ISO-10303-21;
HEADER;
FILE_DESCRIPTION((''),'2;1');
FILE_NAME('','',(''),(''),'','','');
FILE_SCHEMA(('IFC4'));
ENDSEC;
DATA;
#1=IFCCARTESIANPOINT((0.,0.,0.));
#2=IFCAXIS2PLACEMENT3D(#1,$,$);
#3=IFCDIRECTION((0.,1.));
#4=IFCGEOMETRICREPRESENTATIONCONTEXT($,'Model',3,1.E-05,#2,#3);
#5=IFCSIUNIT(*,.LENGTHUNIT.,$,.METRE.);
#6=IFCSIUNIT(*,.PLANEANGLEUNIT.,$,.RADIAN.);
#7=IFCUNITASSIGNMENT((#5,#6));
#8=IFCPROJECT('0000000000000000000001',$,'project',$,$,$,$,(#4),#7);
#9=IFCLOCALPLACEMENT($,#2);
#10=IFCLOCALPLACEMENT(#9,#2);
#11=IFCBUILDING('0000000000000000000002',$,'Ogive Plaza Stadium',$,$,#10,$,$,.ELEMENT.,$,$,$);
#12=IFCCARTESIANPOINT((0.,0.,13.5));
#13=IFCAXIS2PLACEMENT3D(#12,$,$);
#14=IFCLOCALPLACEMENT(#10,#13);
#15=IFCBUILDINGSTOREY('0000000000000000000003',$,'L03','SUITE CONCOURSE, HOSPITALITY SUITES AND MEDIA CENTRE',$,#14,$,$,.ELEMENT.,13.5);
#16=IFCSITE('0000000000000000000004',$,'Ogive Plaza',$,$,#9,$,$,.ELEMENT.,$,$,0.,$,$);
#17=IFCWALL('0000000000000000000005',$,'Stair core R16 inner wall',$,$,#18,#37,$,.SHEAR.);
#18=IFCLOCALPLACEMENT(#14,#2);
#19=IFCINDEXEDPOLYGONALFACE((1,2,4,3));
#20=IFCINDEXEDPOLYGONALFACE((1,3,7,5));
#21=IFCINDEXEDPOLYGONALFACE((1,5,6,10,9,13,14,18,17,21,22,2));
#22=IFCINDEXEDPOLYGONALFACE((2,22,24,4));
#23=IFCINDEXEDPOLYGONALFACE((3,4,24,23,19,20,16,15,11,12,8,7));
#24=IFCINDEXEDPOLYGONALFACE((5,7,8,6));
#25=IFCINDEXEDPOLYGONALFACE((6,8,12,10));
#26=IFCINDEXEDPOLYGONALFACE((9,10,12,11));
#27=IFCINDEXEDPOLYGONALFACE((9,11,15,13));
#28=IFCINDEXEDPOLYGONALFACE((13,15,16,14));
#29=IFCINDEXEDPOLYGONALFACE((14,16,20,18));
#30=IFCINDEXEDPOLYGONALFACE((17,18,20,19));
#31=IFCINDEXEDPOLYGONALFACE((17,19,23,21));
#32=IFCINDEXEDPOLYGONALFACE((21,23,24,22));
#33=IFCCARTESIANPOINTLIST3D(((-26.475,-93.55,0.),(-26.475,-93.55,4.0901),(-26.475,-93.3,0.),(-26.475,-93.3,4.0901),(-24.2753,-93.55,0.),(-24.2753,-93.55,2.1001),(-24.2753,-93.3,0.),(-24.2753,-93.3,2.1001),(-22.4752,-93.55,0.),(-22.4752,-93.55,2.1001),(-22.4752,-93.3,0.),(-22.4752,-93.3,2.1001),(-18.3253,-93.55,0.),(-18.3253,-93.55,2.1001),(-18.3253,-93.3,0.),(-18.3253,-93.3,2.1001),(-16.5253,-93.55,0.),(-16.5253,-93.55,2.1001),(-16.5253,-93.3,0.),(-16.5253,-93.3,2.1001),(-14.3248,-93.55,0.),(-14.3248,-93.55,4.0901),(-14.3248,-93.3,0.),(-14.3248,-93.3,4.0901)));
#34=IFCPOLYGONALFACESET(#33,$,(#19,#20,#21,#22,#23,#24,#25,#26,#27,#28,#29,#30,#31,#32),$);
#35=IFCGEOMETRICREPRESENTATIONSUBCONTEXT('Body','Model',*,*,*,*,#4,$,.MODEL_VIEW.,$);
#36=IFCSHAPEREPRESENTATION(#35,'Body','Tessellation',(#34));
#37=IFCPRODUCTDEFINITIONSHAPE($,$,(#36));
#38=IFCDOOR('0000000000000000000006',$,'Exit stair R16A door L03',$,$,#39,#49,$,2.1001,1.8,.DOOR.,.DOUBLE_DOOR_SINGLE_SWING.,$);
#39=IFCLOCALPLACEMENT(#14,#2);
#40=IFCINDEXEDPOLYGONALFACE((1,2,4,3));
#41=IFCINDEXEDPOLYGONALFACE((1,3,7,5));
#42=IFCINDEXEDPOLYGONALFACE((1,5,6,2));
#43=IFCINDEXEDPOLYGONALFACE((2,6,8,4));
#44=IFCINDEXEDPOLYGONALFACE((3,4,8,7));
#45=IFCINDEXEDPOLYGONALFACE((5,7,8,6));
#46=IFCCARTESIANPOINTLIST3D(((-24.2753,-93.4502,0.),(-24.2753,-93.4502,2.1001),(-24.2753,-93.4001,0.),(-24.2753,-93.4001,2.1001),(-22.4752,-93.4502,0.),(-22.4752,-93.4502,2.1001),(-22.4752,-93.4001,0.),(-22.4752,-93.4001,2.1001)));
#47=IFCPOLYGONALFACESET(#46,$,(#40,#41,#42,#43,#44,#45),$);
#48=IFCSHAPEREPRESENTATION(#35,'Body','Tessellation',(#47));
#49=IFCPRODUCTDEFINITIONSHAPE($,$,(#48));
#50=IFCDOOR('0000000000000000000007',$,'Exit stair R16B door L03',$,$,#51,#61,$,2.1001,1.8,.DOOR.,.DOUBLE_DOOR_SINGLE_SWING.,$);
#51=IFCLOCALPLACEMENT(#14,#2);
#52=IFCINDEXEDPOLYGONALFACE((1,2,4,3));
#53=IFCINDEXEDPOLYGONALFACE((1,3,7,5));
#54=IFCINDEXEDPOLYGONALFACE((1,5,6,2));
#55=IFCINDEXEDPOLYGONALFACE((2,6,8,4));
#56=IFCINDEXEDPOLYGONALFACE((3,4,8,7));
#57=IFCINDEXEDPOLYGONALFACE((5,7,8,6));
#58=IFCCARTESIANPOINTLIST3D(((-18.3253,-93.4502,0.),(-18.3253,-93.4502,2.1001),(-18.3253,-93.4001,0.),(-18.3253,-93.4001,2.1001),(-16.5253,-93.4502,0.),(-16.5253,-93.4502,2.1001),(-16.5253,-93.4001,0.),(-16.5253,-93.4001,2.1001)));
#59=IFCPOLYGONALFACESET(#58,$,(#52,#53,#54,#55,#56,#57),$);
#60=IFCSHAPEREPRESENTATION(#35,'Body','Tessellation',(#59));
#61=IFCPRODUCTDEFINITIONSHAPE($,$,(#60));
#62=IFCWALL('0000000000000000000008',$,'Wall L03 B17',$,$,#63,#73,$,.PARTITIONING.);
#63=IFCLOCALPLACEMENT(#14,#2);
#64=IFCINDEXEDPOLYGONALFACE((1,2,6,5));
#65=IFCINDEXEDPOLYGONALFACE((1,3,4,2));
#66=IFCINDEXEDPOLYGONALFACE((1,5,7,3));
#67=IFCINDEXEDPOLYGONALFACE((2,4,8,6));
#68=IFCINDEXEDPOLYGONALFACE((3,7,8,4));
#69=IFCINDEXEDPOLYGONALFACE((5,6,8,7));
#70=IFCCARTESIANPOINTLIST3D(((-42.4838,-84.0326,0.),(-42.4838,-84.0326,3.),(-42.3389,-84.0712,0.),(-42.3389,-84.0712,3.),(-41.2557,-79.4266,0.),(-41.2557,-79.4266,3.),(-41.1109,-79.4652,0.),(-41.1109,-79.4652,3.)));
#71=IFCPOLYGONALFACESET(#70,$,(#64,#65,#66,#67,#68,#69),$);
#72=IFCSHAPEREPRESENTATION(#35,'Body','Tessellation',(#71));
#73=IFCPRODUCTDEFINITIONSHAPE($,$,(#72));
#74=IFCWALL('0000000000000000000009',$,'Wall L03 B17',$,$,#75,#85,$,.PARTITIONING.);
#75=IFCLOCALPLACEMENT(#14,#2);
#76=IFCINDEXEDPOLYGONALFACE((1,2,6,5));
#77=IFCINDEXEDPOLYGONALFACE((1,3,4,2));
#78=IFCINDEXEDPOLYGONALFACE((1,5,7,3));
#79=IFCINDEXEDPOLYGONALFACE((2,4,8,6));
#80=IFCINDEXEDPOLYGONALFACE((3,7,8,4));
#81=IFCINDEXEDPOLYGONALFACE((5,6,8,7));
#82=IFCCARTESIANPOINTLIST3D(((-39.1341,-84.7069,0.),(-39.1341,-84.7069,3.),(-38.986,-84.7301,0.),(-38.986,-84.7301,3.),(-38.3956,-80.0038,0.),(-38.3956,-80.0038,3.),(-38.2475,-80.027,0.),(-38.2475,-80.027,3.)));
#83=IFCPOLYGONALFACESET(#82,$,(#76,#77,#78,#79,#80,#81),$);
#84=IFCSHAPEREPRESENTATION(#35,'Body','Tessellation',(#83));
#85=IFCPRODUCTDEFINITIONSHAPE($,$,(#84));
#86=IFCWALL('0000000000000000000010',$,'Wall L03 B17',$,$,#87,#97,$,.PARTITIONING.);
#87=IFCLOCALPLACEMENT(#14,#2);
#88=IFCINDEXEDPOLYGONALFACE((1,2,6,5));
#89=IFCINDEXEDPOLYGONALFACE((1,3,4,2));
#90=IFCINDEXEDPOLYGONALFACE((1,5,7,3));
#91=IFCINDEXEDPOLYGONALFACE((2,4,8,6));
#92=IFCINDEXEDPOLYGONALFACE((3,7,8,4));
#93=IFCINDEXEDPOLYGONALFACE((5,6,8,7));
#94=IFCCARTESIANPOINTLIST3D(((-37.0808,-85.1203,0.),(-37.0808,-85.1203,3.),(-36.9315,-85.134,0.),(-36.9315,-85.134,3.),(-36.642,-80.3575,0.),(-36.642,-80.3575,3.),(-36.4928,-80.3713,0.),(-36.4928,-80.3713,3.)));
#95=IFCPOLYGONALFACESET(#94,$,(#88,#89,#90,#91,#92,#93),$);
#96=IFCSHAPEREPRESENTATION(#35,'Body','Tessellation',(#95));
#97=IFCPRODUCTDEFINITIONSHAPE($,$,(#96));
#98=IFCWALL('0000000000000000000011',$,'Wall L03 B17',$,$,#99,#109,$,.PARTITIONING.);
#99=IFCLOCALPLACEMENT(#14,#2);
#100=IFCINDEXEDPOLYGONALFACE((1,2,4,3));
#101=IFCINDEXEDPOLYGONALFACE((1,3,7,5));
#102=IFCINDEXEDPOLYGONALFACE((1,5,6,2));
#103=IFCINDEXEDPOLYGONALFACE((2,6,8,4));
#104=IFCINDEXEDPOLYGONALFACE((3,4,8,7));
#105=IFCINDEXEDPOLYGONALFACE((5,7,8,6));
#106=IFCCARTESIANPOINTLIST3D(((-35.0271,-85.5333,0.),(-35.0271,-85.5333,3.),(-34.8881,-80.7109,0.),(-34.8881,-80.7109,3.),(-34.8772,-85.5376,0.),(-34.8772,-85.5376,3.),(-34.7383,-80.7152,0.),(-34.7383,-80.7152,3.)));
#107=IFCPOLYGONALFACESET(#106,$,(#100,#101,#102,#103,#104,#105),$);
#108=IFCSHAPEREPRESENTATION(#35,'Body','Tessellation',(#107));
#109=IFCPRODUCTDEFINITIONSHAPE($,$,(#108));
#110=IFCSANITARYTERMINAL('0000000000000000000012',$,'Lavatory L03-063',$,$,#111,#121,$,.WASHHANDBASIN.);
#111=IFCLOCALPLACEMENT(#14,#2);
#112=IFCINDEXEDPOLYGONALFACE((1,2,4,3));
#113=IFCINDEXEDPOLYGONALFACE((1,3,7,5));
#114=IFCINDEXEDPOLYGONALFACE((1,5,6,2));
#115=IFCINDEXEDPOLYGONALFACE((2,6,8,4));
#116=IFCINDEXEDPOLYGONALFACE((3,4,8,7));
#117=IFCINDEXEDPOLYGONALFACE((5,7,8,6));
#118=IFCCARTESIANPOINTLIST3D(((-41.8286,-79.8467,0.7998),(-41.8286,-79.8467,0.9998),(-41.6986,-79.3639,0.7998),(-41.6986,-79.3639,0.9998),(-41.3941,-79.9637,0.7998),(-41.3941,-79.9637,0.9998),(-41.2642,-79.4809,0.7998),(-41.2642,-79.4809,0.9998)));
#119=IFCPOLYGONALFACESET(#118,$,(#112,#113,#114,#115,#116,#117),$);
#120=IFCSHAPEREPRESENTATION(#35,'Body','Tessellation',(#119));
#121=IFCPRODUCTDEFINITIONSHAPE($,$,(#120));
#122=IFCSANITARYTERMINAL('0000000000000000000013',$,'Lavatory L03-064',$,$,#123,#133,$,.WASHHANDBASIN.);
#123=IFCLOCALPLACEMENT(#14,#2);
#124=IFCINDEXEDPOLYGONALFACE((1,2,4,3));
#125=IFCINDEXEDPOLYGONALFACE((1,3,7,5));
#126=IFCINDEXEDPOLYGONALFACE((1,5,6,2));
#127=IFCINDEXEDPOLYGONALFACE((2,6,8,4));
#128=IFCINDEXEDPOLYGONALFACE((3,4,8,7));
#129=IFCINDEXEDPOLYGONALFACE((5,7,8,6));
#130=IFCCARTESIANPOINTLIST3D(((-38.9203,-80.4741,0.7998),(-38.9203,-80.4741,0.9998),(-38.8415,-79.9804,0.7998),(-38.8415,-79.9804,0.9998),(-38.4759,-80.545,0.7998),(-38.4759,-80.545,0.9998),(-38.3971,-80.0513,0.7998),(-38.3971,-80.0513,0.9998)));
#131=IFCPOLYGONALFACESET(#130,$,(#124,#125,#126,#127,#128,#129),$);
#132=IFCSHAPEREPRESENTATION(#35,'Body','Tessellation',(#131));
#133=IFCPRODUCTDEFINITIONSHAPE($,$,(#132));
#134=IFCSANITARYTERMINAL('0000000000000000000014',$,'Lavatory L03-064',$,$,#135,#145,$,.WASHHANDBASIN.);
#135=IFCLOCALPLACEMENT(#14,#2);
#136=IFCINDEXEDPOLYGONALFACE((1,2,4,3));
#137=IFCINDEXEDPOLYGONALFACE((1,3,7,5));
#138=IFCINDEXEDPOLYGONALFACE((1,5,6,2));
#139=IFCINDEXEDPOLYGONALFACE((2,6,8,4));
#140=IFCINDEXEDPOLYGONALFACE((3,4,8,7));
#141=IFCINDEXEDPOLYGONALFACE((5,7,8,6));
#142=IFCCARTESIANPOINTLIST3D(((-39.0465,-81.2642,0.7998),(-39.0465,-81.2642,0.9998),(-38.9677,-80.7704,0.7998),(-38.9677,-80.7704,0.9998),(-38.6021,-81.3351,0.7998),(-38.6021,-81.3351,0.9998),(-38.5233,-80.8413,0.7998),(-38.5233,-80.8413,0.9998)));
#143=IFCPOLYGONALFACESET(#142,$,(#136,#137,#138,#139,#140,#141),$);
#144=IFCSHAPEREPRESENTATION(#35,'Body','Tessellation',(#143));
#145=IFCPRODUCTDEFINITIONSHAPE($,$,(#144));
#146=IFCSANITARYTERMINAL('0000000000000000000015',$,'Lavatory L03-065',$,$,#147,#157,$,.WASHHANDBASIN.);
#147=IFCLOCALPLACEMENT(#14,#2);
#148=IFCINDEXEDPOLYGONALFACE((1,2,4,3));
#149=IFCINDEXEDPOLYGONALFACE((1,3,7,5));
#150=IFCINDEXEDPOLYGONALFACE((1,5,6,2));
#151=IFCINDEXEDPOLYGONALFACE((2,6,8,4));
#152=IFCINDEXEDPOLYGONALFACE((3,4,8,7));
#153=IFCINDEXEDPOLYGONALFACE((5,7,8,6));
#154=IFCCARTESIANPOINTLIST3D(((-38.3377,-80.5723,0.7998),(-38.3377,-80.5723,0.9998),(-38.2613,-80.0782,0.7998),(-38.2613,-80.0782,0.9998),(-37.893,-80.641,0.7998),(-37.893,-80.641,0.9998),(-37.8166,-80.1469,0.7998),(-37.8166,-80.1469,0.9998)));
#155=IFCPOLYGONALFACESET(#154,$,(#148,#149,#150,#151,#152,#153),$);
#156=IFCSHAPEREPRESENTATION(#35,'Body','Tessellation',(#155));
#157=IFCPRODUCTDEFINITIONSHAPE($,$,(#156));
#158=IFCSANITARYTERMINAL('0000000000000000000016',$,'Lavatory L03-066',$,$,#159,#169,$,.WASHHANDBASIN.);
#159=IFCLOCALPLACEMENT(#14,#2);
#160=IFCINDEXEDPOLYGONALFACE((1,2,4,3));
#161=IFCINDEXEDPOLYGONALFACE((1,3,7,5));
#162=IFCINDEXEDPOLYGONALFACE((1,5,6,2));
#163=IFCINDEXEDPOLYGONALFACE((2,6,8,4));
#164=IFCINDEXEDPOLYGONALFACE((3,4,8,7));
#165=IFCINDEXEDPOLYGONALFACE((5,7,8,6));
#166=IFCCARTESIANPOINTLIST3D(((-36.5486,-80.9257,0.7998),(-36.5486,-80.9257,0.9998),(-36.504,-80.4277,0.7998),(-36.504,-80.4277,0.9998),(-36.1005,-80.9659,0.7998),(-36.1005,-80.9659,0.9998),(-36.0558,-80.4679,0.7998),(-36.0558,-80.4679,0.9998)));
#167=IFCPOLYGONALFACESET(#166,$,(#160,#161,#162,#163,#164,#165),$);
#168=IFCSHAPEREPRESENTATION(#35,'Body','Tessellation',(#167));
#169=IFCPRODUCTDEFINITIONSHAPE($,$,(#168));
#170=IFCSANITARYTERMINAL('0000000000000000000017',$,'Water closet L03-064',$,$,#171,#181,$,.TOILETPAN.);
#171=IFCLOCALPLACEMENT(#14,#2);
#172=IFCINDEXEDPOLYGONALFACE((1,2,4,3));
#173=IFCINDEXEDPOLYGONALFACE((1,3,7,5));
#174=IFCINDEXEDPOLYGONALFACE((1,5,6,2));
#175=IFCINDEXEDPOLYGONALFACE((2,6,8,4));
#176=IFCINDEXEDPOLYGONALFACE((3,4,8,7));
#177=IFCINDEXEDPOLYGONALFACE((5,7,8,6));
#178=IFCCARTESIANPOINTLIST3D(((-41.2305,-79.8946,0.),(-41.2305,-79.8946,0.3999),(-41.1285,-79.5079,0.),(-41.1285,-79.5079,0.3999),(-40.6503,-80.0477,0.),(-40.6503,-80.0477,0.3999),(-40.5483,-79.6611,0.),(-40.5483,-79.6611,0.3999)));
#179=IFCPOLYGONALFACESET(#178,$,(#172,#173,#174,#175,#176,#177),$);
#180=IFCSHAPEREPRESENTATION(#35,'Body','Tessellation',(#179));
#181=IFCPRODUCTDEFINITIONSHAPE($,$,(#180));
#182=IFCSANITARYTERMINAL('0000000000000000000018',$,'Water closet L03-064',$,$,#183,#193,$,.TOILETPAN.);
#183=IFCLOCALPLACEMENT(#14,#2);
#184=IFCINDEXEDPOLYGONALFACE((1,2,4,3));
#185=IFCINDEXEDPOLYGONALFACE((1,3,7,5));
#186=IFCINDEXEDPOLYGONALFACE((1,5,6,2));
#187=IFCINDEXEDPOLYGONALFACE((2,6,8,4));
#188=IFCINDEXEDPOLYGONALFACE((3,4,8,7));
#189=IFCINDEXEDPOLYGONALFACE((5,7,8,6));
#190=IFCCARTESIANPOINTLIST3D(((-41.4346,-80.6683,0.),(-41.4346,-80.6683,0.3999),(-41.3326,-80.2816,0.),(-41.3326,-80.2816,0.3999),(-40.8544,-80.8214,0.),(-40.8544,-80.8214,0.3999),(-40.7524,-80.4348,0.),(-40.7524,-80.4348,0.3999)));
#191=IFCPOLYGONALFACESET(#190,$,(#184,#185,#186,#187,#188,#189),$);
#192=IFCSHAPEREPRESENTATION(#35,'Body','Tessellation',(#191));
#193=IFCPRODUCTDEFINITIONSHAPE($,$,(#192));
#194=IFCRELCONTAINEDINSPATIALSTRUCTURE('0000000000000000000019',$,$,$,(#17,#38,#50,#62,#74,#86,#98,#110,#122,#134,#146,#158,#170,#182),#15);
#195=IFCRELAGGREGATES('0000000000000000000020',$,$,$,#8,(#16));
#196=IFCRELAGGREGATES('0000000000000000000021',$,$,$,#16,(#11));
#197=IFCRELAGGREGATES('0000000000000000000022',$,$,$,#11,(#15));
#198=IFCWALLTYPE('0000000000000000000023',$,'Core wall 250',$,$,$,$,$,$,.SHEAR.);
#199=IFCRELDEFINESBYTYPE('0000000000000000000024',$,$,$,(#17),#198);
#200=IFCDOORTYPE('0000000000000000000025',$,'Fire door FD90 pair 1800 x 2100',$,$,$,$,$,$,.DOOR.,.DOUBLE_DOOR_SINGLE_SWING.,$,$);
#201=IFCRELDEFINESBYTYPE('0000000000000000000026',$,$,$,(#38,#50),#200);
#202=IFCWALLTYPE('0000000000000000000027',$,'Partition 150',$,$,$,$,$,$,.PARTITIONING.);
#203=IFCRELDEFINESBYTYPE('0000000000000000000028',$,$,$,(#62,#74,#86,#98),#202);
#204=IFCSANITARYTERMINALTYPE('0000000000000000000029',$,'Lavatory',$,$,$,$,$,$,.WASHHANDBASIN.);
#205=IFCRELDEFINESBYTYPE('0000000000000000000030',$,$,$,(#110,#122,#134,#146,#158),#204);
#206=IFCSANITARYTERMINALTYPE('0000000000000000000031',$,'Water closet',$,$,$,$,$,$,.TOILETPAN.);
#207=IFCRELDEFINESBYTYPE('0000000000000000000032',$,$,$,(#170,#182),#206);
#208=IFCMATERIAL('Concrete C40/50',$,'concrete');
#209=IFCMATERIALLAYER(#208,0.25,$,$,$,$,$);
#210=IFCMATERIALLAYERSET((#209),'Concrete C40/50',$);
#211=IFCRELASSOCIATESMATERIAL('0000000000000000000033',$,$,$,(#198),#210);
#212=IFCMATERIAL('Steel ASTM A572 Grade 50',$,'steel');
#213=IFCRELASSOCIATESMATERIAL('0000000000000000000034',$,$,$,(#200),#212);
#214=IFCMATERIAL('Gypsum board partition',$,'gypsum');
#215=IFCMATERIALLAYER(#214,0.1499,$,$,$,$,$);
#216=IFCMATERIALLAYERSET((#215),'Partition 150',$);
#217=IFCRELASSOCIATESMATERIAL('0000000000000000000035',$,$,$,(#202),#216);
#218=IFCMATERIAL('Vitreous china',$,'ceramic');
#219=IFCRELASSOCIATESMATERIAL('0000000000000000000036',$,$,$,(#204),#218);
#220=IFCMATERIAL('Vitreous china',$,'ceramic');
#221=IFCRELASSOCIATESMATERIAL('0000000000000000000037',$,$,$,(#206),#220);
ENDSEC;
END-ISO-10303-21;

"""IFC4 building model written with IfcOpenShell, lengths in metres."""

from ifc_helpers import new_model, si_unit, direction, frame, frame_2d, origin, origin_2d, place, context, subcontext, project, spatial, rectangle, extrude, material, layer, layer_set, type_object, element, fill, save


model = new_model("IFC4")

# Units and contexts
model_context = context("Model", 3, precision=1e-05, world=origin(), true_north=direction((0.0, 1.0)))
body_context = subcontext(model_context, "Body", "Model", "MODEL_VIEW")
ifc_project = project(units=[si_unit("LENGTHUNIT", "METRE"), si_unit("PLANEANGLEUNIT", "RADIAN")], contexts=[model_context])

# Site, building, storey
site_placement = place(None, origin())
site = spatial("IfcSite", under=ifc_project, at=site_placement, Name="Ogive Plaza", CompositionType="ELEMENT", RefElevation=0.0)
building_placement = place(site_placement, origin())
building = spatial("IfcBuilding", under=site, at=building_placement, Name="Ogive Plaza Stadium", CompositionType="ELEMENT")
storey_placement = place(building_placement, frame((0.0, 0.0, 13.5)))
storey = spatial("IfcBuildingStorey", under=building, at=storey_placement, Name="L03", Description="SUITE CONCOURSE, HOSPITALITY SUITES AND MEDIA CENTRE", CompositionType="ELEMENT", Elevation=13.5)

# Wall, openings, doors
ifc_material_1 = material(Name="Concrete C40/50", Category="concrete")
ifc_layer_1 = layer(ifc_material_1, 0.25)
ifc_layer_set_1 = layer_set([ifc_layer_1], Name="Concrete C40/50")
wall_type_1 = type_object("IfcWallType", Name="Core wall 250", PredefinedType="SHEAR", material=ifc_layer_set_1)
wall_1_placement = place(storey_placement, frame((-26.4751, -93.425, 0.0), z_axis=(0.0, 0.0, 1.0), x_axis=(1.0, 0.0, 0.0)))
wall_1 = element("IfcWall", 1, at=wall_1_placement, inside=storey, type_object=wall_type_1, Name="Stair core R16 inner wall", PredefinedType="SHEAR", context=body_context, shape_type="SweptSolid", body=[
    extrude(rectangle(XDim=12.1501, YDim=0.25, at=frame_2d((6.0752, 0.0))), origin(), (0.0, 0.0, 1.0), 4.0901),
])
opening_1_placement = place(wall_1_placement, frame((2.2, 0.0, 0.0)))
opening_1 = element("IfcOpeningElement", 2, at=opening_1_placement, cuts=wall_1, PredefinedType="OPENING", context=body_context, shape_type="SweptSolid", body=[
    extrude(rectangle(XDim=1.8, YDim=2.1001, at=frame_2d((0.8999, 1.05))), frame((0.0, 0.125, 0.0), z_axis=(0.0, -1.0, 0.0), x_axis=(1.0, 0.0, 0.0)), (0.0, 0.0, 1.0), 0.25),
])
opening_2_placement = place(wall_1_placement, frame((8.1499, 0.0, 0.0)))
opening_2 = element("IfcOpeningElement", 3, at=opening_2_placement, cuts=wall_1, PredefinedType="OPENING", context=body_context, shape_type="SweptSolid", body=[
    extrude(rectangle(XDim=1.8, YDim=2.1001, at=frame_2d((0.8999, 1.05))), frame((0.0, 0.125, 0.0), z_axis=(0.0, -1.0, 0.0), x_axis=(1.0, 0.0, 0.0)), (0.0, 0.0, 1.0), 0.25),
])
ifc_material_2 = material(Name="Steel ASTM A572 Grade 50", Category="steel")
door_type_1 = type_object("IfcDoorType", Name="Fire door FD90 pair 1800 x 2100", OperationType="DOUBLE_DOOR_SINGLE_SWING", PredefinedType="DOOR", material=ifc_material_2)
door_1_placement = place(opening_1_placement, origin())
door_1 = element("IfcDoor", 4, at=door_1_placement, inside=storey, type_object=door_type_1, Name="Exit stair R16A door L03", OperationType="DOUBLE_DOOR_SINGLE_SWING", OverallHeight=2.1001, OverallWidth=1.8, PredefinedType="DOOR", context=body_context, shape_type="SweptSolid", body=[
    extrude(rectangle(XDim=1.8, YDim=2.1001, at=frame_2d((0.8999, 1.05))), frame((0.0, 0.0249, 0.0), z_axis=(0.0, -1.0, 0.0), x_axis=(1.0, 0.0, 0.0)), (0.0, 0.0, 1.0), 0.05),
])
fill(opening_1, door_1)
door_2_placement = place(opening_2_placement, origin())
door_2 = element("IfcDoor", 5, at=door_2_placement, inside=storey, type_object=door_type_1, Name="Exit stair R16B door L03", OperationType="DOUBLE_DOOR_SINGLE_SWING", OverallHeight=2.1001, OverallWidth=1.8, PredefinedType="DOOR", context=body_context, shape_type="SweptSolid", body=[
    extrude(rectangle(XDim=1.8, YDim=2.1001, at=frame_2d((0.8999, 1.05))), frame((0.0, 0.0249, 0.0), z_axis=(0.0, -1.0, 0.0), x_axis=(1.0, 0.0, 0.0)), (0.0, 0.0, 1.0), 0.05),
])
fill(opening_2, door_2)

# Walls
ifc_material_3 = material(Name="Gypsum board partition", Category="gypsum")
ifc_layer_2 = layer(ifc_material_3, 0.1499)
ifc_layer_set_2 = layer_set([ifc_layer_2], Name="Partition 150")
wall_type_2 = type_object("IfcWallType", Name="Partition 150", PredefinedType="PARTITIONING", material=ifc_layer_set_2)
wall_2_placement = place(storey_placement, frame((-41.1833, -79.446, 0.0), z_axis=(0.0, 0.0, 1.0), x_axis=(-0.257618, -0.966247, 0.0)))
element("IfcWall", 6, at=wall_2_placement, inside=storey, type_object=wall_type_2, Name="Wall L03 B17", PredefinedType="PARTITIONING", context=body_context, shape_type="SweptSolid", body=[
    extrude(rectangle(XDim=4.7668, YDim=0.1499, at=frame_2d((2.3833, 0.0))), origin(), (0.0, 0.0, 1.0), 3.0),
])
wall_3_placement = place(storey_placement, frame((-38.3215, -80.0154, 0.0), z_axis=(0.0, 0.0, 1.0), x_axis=(-0.155128, -0.987894, 0.0)))
element("IfcWall", 7, at=wall_3_placement, inside=storey, type_object=wall_type_2, Name="Wall L03 B17", PredefinedType="PARTITIONING", context=body_context, shape_type="SweptSolid", body=[
    extrude(rectangle(XDim=4.7607, YDim=0.1499, at=frame_2d((2.3804, 0.0))), origin(), (0.0, 0.0, 1.0), 3.0),
])
wall_4_placement = place(storey_placement, frame((-36.5674, -80.3643, 0.0), z_axis=(0.0, 0.0, 1.0), x_axis=(-0.091728, -0.995784, 0.0)))
element("IfcWall", 8, at=wall_4_placement, inside=storey, type_object=wall_type_2, Name="Wall L03 B17", PredefinedType="PARTITIONING", context=body_context, shape_type="SweptSolid", body=[
    extrude(rectangle(XDim=4.783, YDim=0.1499, at=frame_2d((2.3916, 0.0))), origin(), (0.0, 0.0, 1.0), 3.0),
])
wall_5_placement = place(storey_placement, frame((-34.8132, -80.7131, 0.0), z_axis=(0.0, 0.0, 1.0), x_axis=(-0.028794, -0.999585, 0.0)))
element("IfcWall", 9, at=wall_5_placement, inside=storey, type_object=wall_type_2, Name="Wall L03 B17", PredefinedType="PARTITIONING", context=body_context, shape_type="SweptSolid", body=[
    extrude(rectangle(XDim=4.8245, YDim=0.1499, at=frame_2d((2.4121, 0.0))), origin(), (0.0, 0.0, 1.0), 3.0),
])

# Sanitary terminals
ifc_material_4 = material(Name="Vitreous china", Category="ceramic")
sanitary_terminal_type_1 = type_object("IfcSanitaryTerminalType", Name="Lavatory", PredefinedType="WASHHANDBASIN", material=ifc_material_4)
for number, where, z_axis, x_axis, name in (
    (10, (-41.5464, -79.6638, 0.7998), (0.0, 0.0, 1.0), (-0.259977, -0.965615, 0.0), "Lavatory L03-063"),
    (11, (-38.6587, -80.2627, 0.7998), (0.0, 0.0, 1.0), (-0.157603, -0.987503, 0.0), "Lavatory L03-064"),
    (12, (-38.7849, -81.0527, 0.7998), (0.0, 0.0, 1.0), (-0.157603, -0.987503, 0.0), "Lavatory L03-064"),
    (13, (-38.0771, -80.3596, 0.7998), (0.0, 0.0, 1.0), (-0.152705, -0.988272, 0.0), "Lavatory L03-065"),
    (14, (-36.3022, -80.6968, 0.7998), (0.0, 0.0, 1.0), (-0.089303, -0.996005, 0.0), "Lavatory L03-066"),
):
    element("IfcSanitaryTerminal", number, at=place(storey_placement, frame(where, z_axis=z_axis, x_axis=x_axis)), inside=storey, type_object=sanitary_terminal_type_1, Name=name, PredefinedType="WASHHANDBASIN", context=body_context, shape_type="SweptSolid", body=[
        extrude(rectangle(XDim=0.5, YDim=0.45, at=origin_2d()), origin(), (0.0, 0.0, 1.0), 0.2),
    ])
ifc_material_5 = material(Name="Vitreous china", Category="ceramic")
sanitary_terminal_type_2 = type_object("IfcSanitaryTerminalType", Name="Water closet", PredefinedType="TOILETPAN", material=ifc_material_5)
for number, where, z_axis, x_axis, name in (
    (15, (-40.8894, -79.7778, 0.0), (0.0, 0.0, 1.0), (-0.255199, -0.966888, 0.0), "Water closet L03-064"),
    (16, (-41.0935, -80.5515, 0.0), (0.0, 0.0, 1.0), (-0.255199, -0.966888, 0.0), "Water closet L03-064"),
):
    element("IfcSanitaryTerminal", number, at=place(storey_placement, frame(where, z_axis=z_axis, x_axis=x_axis)), inside=storey, type_object=sanitary_terminal_type_2, Name=name, PredefinedType="TOILETPAN", context=body_context, shape_type="SweptSolid", body=[
        extrude(rectangle(XDim=0.3999, YDim=0.6001, at=origin_2d()), origin(), (0.0, 0.0, 1.0), 0.3999),
    ])

save(model, "model.ifc")
